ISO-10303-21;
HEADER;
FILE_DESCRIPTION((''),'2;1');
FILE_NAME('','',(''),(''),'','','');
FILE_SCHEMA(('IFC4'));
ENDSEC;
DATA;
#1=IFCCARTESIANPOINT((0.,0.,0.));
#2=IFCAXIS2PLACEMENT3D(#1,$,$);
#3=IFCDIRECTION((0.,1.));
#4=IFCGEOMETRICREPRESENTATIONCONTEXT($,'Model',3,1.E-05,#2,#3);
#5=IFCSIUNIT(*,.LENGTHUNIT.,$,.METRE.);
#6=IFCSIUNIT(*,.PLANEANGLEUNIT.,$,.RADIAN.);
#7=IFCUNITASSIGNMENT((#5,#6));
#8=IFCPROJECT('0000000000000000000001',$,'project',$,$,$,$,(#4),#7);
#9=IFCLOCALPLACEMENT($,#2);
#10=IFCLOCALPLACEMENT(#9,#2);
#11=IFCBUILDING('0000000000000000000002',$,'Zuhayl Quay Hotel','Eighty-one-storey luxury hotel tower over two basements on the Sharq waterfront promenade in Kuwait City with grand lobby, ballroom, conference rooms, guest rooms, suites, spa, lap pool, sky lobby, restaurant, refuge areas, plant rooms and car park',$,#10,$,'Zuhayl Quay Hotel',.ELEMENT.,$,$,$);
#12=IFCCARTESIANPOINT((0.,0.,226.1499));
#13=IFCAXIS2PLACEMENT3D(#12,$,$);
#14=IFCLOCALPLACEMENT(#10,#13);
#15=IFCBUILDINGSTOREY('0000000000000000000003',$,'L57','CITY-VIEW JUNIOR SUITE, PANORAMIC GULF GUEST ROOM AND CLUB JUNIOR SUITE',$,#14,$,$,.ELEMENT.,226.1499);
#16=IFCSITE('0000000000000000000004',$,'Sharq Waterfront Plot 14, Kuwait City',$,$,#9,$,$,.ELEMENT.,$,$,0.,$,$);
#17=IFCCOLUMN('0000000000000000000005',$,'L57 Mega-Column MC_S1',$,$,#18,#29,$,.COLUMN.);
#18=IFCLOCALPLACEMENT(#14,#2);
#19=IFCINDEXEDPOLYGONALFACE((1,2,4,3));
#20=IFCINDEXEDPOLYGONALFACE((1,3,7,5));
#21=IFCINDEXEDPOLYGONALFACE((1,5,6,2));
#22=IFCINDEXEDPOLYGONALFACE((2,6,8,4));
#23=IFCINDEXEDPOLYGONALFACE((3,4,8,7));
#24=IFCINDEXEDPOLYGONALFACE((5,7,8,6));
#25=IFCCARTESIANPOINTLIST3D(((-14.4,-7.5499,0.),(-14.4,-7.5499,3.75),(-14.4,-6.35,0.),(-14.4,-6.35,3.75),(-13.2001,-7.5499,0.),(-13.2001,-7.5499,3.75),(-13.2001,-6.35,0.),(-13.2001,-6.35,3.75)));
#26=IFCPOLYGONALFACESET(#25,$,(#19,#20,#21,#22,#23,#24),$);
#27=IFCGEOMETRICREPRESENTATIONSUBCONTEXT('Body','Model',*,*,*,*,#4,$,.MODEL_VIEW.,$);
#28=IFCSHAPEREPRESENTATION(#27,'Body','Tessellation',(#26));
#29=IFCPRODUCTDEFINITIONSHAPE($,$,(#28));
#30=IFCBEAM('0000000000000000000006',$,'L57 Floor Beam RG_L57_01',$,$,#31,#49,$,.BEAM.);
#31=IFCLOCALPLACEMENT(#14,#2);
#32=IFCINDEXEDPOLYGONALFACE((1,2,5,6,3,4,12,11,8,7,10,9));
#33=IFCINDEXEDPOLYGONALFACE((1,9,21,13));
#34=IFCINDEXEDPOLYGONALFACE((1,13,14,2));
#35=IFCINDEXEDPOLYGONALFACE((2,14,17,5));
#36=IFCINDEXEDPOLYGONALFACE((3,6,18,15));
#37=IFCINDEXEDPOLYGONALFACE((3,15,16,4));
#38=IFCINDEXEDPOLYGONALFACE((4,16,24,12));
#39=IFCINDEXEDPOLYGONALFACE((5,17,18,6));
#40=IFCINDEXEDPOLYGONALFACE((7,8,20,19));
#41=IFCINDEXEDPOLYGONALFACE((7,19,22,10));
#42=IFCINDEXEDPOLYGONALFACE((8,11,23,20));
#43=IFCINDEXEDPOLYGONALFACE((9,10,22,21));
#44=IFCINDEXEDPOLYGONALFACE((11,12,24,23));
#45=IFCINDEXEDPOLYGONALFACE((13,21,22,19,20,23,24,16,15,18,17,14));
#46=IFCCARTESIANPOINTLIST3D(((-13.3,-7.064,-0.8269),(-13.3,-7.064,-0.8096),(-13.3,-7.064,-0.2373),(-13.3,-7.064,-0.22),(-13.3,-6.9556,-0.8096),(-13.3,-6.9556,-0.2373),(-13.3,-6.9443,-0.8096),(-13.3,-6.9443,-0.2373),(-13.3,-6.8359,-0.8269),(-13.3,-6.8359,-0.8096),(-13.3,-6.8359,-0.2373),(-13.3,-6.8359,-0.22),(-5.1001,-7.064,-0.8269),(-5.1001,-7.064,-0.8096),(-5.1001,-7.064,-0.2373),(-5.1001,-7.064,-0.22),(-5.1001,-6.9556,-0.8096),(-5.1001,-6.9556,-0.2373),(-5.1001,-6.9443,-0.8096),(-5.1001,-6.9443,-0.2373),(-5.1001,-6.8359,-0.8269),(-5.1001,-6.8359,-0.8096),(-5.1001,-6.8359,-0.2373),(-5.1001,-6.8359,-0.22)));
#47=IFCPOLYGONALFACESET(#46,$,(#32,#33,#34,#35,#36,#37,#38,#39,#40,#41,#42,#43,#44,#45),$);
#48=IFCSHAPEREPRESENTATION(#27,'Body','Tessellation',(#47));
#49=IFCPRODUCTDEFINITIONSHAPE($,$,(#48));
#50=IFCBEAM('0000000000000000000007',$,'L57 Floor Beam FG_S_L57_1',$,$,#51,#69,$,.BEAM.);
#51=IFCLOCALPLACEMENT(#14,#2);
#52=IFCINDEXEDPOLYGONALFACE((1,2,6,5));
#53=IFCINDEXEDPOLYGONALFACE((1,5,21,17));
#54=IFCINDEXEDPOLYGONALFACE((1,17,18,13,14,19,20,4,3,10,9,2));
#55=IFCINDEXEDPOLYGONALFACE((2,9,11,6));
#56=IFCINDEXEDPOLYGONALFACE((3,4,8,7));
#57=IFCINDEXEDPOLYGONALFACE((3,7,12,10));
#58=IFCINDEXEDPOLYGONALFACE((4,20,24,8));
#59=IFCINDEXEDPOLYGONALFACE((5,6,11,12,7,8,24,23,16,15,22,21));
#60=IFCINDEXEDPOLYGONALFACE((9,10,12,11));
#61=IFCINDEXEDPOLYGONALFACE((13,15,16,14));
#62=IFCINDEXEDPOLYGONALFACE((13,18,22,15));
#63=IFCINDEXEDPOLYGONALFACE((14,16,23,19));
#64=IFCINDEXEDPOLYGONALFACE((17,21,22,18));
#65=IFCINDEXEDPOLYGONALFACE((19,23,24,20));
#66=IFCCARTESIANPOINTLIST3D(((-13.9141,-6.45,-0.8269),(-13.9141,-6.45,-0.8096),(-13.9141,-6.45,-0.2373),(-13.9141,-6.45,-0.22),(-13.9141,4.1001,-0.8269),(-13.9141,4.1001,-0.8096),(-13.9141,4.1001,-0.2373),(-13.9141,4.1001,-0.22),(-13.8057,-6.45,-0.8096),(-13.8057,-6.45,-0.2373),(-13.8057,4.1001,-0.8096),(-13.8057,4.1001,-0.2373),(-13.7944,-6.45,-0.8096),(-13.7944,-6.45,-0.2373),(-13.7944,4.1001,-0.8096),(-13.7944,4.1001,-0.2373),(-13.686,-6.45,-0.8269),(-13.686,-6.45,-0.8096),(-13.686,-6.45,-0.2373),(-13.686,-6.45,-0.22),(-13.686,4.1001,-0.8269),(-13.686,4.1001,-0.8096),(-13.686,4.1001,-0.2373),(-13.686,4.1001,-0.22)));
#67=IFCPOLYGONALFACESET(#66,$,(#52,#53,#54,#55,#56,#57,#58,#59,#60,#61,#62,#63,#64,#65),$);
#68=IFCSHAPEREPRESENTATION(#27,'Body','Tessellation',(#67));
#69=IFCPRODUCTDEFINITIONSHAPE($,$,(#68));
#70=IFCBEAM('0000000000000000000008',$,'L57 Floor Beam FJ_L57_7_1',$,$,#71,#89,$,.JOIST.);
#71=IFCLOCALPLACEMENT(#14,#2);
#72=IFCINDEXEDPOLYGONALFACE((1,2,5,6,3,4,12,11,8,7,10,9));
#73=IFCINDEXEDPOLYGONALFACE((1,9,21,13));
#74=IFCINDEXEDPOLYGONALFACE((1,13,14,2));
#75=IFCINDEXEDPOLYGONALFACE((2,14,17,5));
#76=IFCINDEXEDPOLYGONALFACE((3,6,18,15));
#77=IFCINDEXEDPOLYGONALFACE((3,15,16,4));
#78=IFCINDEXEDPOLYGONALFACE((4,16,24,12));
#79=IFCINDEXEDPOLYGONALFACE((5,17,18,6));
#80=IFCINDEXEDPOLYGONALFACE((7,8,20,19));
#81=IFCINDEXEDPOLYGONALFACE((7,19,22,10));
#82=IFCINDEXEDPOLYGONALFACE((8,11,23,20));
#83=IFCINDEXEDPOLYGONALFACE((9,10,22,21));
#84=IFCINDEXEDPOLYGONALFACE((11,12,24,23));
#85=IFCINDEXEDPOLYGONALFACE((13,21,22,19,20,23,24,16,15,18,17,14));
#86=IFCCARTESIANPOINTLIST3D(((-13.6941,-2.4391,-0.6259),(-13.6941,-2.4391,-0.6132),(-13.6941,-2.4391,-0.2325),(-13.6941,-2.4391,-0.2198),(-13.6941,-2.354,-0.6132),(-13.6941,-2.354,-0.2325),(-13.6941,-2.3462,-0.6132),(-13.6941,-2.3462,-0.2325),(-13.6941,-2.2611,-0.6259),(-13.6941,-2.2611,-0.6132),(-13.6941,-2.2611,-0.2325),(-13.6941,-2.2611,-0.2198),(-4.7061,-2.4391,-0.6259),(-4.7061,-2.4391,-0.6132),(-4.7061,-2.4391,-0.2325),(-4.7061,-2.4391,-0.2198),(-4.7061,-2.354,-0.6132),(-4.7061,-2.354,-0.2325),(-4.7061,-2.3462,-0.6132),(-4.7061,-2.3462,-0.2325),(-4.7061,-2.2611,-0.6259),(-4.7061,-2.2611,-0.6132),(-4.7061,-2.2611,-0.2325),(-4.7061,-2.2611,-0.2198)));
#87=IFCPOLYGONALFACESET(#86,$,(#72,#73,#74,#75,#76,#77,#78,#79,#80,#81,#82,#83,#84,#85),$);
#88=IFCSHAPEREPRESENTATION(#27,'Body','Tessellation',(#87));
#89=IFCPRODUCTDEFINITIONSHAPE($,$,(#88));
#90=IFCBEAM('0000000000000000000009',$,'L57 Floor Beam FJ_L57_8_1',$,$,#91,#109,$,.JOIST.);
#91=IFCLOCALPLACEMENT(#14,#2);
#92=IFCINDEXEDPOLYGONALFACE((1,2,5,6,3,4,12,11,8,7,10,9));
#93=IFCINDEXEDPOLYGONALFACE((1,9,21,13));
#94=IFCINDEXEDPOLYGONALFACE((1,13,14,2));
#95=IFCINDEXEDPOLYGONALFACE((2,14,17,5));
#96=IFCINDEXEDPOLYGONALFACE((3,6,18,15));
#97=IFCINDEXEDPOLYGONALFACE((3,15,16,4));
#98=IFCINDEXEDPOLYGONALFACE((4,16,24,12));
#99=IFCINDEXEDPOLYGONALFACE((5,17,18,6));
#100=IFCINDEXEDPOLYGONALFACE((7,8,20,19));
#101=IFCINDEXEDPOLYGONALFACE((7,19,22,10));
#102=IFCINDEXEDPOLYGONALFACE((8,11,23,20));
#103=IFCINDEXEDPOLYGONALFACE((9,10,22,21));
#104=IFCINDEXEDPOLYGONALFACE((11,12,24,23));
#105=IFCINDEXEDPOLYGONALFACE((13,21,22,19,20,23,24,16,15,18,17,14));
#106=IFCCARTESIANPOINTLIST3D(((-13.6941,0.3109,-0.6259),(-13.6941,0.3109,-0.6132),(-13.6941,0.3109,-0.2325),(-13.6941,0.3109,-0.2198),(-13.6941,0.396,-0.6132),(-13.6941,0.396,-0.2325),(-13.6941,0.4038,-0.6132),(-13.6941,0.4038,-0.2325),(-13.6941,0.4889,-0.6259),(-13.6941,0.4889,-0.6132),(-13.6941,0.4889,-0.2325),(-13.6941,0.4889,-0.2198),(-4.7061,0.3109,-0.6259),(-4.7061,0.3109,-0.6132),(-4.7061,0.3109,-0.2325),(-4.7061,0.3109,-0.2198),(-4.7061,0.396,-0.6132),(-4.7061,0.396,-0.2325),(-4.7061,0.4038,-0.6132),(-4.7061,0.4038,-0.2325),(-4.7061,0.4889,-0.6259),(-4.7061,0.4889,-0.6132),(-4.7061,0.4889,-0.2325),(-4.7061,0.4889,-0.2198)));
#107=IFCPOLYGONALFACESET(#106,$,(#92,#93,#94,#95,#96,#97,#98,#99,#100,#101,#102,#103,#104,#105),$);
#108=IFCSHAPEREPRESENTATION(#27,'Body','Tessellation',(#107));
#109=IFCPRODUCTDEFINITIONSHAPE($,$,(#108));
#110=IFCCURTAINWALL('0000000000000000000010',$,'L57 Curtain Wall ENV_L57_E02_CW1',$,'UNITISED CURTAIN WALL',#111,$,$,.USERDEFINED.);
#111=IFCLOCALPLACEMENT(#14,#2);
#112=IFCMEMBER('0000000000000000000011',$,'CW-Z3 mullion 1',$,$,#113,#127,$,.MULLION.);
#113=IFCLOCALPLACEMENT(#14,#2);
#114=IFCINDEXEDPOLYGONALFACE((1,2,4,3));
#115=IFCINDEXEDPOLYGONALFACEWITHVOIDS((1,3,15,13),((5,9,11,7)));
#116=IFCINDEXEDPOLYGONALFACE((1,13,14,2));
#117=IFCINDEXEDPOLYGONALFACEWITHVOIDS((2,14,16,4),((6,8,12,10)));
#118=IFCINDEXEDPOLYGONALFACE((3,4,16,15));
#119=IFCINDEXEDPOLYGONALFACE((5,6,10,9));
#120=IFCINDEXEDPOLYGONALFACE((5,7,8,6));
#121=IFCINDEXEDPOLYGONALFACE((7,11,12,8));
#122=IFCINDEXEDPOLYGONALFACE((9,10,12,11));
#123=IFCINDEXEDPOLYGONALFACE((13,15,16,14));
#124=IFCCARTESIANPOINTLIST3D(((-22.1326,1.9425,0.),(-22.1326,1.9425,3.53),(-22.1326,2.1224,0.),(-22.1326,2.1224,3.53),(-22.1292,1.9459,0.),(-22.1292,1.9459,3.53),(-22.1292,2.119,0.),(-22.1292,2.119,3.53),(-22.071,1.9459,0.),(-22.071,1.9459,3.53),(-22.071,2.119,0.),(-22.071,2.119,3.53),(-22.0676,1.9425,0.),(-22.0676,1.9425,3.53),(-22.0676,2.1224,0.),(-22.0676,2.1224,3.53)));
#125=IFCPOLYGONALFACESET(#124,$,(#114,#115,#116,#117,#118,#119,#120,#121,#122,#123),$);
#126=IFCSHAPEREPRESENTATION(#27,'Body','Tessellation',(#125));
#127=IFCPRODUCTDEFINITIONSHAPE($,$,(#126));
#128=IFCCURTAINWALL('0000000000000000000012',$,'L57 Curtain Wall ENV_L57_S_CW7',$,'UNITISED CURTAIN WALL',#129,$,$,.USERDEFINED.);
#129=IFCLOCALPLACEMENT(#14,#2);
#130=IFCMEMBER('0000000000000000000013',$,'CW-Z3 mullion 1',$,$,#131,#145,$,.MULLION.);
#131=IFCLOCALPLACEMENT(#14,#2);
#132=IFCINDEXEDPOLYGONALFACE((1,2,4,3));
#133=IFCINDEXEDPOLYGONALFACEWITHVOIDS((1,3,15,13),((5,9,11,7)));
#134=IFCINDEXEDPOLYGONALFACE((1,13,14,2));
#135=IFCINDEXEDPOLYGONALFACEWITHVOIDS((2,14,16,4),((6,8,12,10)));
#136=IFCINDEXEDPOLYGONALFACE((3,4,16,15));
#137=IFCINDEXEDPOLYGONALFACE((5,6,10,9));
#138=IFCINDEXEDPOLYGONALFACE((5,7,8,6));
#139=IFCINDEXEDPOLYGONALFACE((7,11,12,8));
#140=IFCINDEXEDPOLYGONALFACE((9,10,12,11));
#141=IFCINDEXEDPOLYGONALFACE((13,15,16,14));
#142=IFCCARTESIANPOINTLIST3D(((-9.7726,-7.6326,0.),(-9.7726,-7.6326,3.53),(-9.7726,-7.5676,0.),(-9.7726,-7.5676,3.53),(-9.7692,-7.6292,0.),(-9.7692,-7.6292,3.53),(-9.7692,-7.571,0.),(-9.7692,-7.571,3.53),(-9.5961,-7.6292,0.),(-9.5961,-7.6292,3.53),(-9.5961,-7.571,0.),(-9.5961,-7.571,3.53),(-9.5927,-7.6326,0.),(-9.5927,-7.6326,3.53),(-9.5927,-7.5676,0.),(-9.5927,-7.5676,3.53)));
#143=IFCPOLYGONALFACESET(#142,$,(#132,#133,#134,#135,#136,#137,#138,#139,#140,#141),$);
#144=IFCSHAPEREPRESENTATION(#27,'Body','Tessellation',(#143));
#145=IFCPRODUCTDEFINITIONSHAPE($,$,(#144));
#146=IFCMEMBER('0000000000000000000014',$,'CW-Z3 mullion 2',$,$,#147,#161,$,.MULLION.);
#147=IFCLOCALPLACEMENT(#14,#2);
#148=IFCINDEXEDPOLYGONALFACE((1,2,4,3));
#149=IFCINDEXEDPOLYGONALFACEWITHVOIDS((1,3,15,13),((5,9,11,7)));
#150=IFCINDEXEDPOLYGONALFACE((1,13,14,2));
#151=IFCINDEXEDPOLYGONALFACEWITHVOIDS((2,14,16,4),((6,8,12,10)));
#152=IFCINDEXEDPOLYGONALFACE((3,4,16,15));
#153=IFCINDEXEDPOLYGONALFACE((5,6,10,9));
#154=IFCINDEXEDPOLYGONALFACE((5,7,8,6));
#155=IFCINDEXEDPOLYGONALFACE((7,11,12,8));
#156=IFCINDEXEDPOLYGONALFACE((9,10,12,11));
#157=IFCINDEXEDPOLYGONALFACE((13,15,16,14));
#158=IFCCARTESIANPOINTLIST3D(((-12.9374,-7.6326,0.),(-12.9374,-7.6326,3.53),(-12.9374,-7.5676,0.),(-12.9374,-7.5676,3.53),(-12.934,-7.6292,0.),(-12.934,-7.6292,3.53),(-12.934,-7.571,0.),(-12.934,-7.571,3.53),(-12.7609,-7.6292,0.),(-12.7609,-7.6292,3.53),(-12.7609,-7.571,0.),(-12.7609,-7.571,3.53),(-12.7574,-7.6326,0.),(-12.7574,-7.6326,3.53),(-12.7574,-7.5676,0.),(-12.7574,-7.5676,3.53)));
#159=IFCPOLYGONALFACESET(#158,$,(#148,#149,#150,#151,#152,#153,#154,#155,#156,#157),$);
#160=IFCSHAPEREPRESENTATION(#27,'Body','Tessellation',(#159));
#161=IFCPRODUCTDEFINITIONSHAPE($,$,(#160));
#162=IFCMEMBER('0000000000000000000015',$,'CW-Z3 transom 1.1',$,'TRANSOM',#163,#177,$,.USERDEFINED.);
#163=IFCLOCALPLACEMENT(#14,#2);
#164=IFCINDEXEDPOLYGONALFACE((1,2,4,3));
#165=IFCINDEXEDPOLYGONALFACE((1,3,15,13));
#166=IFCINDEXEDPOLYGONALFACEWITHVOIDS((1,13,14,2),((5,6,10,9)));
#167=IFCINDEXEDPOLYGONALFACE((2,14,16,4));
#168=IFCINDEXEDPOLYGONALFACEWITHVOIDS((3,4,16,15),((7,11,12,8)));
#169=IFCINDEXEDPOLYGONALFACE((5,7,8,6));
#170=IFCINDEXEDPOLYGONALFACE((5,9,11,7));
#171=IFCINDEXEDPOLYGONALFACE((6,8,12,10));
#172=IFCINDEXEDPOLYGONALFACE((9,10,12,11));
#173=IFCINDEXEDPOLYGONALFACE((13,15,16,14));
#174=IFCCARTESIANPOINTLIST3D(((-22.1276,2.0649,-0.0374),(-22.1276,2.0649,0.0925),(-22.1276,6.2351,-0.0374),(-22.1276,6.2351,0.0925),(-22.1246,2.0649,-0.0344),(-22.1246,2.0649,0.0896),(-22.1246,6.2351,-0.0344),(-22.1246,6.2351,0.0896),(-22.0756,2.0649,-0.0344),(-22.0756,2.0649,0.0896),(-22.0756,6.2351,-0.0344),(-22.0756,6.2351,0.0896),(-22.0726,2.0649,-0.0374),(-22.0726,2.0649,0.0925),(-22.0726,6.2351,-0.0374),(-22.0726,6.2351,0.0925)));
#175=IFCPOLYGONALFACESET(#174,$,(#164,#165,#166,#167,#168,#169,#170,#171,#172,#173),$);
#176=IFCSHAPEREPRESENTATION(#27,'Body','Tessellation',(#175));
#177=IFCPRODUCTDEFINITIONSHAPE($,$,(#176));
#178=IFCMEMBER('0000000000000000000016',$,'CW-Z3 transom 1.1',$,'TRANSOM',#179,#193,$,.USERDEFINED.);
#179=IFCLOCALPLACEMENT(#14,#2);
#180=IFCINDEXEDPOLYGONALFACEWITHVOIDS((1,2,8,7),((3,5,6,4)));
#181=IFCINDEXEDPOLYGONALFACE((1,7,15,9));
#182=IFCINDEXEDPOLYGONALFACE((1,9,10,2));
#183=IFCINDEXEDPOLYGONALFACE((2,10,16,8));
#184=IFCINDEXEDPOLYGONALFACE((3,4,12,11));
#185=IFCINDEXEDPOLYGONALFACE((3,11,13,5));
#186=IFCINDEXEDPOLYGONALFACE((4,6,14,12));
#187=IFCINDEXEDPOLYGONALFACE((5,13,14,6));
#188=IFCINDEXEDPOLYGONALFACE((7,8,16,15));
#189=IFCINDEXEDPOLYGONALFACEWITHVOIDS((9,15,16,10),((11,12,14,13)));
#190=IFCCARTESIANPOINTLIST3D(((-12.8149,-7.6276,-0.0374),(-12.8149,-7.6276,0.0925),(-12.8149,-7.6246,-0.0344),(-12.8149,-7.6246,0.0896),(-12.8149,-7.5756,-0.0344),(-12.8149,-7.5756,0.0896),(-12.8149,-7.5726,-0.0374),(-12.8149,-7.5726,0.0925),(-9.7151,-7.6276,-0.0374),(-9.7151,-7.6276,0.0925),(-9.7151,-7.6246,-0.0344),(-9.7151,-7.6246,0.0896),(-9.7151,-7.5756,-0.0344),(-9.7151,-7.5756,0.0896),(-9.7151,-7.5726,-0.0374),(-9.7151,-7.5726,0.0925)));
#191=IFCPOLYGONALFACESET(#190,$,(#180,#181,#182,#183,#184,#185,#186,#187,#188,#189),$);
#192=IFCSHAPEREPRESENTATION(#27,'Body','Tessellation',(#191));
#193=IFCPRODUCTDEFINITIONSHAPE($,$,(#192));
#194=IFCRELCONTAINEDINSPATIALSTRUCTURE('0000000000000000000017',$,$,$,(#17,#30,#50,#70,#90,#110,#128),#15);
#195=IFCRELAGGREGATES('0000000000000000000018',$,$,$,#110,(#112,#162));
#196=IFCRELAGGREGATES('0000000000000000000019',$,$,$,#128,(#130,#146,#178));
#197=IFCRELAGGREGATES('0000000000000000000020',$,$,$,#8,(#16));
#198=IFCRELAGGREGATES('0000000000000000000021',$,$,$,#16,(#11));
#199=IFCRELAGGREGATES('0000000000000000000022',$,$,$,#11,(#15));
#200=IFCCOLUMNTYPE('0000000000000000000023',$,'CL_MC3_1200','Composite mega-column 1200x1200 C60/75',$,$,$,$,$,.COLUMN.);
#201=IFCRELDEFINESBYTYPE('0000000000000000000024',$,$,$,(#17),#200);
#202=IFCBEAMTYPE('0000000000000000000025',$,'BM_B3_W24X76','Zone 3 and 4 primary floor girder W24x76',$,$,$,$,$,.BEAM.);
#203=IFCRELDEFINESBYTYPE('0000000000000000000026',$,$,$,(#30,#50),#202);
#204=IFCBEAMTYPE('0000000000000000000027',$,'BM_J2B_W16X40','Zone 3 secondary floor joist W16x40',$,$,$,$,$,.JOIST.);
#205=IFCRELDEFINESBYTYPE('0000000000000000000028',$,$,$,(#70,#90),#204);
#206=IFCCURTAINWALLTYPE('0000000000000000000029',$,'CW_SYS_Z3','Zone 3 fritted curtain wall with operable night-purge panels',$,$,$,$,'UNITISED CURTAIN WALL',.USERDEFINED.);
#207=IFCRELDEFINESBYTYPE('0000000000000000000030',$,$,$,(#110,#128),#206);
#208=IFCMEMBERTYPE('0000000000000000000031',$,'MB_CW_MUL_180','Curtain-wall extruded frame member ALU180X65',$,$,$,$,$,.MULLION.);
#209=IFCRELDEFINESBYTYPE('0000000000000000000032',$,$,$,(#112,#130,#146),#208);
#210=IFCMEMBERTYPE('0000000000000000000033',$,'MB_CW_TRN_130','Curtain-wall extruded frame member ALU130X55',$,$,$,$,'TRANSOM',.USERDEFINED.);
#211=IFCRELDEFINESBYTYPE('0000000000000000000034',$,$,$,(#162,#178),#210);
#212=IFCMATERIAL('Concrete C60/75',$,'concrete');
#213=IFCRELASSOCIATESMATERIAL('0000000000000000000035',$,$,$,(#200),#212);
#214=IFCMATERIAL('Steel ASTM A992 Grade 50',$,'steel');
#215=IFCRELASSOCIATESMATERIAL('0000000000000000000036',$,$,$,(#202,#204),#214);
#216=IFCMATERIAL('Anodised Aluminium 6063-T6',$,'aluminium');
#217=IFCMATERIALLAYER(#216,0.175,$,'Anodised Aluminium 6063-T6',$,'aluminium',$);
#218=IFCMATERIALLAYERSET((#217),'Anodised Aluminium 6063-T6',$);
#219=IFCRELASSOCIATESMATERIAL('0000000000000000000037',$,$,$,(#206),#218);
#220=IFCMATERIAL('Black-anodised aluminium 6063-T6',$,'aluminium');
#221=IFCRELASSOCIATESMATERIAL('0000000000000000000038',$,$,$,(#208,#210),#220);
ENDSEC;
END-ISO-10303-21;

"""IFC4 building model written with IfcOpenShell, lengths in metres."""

from ifc_helpers import new_model, si_unit, direction, frame, origin, origin_2d, place, context, subcontext, project, spatial, rectangle, hollow_rectangle, i_section, extrude, material, layer, layer_set, material_profile, profile_set, type_object, element, aggregate, save


model = new_model("IFC4")

# Units and contexts
model_context = context("Model", 3, precision=1e-05, world=origin(), true_north=direction((0.0, 1.0)))
body_context = subcontext(model_context, "Body", "Model", "MODEL_VIEW")
ifc_project = project(units=[si_unit("LENGTHUNIT", "METRE"), si_unit("PLANEANGLEUNIT", "RADIAN")], contexts=[model_context])

# Site, building, storey
site_placement = place(None, origin())
site = spatial("IfcSite", under=ifc_project, at=site_placement, Name="Sharq Waterfront Plot 14, Kuwait City", CompositionType="ELEMENT", RefElevation=0.0)
building_placement = place(site_placement, origin())
building = spatial("IfcBuilding", under=site, at=building_placement, Name="Zuhayl Quay Hotel", Description="Eighty-one-storey luxury hotel tower over two basements on the Sharq waterfront promenade in Kuwait City with grand lobby, ballroom, conference rooms, guest rooms, suites, spa, lap pool, sky lobby, restaurant, refuge areas, plant rooms and car park", LongName="Zuhayl Quay Hotel", CompositionType="ELEMENT")
storey_placement = place(building_placement, frame((0.0, 0.0, 226.1499)))
storey = spatial("IfcBuildingStorey", under=building, at=storey_placement, Name="L57", Description="CITY-VIEW JUNIOR SUITE, PANORAMIC GULF GUEST ROOM AND CLUB JUNIOR SUITE", CompositionType="ELEMENT", Elevation=226.1499)

# Column
ifc_material_1 = material(Name="Concrete C60/75", Category="concrete")
ifc_material_profile_1 = material_profile(ifc_material_1, rectangle(XDim=1.2, YDim=1.2, at=origin_2d()), Name="RC1200X1200")
ifc_profile_set_1 = profile_set([ifc_material_profile_1], Name="Concrete C60/75")
column_type = type_object("IfcColumnType", Name="CL_MC3_1200", Description="Composite mega-column 1200x1200 C60/75", PredefinedType="COLUMN", material=ifc_profile_set_1)
column_placement = place(storey_placement, frame((-13.8, -6.95, 0.0), z_axis=(0.0, 0.0, 1.0), x_axis=(1.0, 0.0, 0.0)))
element("IfcColumn", 1, at=column_placement, inside=storey, type_object=column_type, Name="L57 Mega-Column MC_S1", PredefinedType="COLUMN", context=body_context, shape_type="SweptSolid", body=[
    extrude(rectangle(XDim=1.2, YDim=1.2, at=origin_2d()), origin(), (0.0, 0.0, 1.0), 3.75),
])

# Beams
ifc_material_2 = material(Name="Steel ASTM A992 Grade 50", Category="steel")
ifc_material_profile_2 = material_profile(ifc_material_2, i_section(OverallWidth=0.228, OverallDepth=0.6069, WebThickness=0.0112, FlangeThickness=0.0173, at=origin_2d()), Name="W24X76")
ifc_profile_set_2 = profile_set([ifc_material_profile_2], Name="Steel ASTM A992 Grade 50")
beam_type_1 = type_object("IfcBeamType", Name="BM_B3_W24X76", Description="Zone 3 and 4 primary floor girder W24x76", PredefinedType="BEAM", material=ifc_profile_set_2)
beam_1_placement = place(storey_placement, frame((-13.3, -6.95, -0.5234), z_axis=(1.0, 0.0, 0.0), x_axis=(0.0, 1.0, 0.0)))
element("IfcBeam", 2, at=beam_1_placement, inside=storey, type_object=beam_type_1, Name="L57 Floor Beam RG_L57_01", PredefinedType="BEAM", context=body_context, shape_type="SweptSolid", body=[
    extrude(i_section(OverallWidth=0.228, OverallDepth=0.6069, WebThickness=0.0112, FlangeThickness=0.0173, at=origin_2d()), origin(), (0.0, 0.0, 1.0), 8.2),
])
beam_2_placement = place(storey_placement, frame((-13.8, -6.45, -0.5234), z_axis=(0.0, 1.0, 0.0), x_axis=(-1.0, 0.0, 0.0)))
element("IfcBeam", 3, at=beam_2_placement, inside=storey, type_object=beam_type_1, Name="L57 Floor Beam FG_S_L57_1", PredefinedType="BEAM", context=body_context, shape_type="SweptSolid", body=[
    extrude(i_section(OverallWidth=0.228, OverallDepth=0.6069, WebThickness=0.0112, FlangeThickness=0.0173, at=origin_2d()), origin(), (0.0, 0.0, 1.0), 10.55),
])
ifc_material_profile_3 = material_profile(ifc_material_2, i_section(OverallWidth=0.178, OverallDepth=0.406, WebThickness=0.0078, FlangeThickness=0.0127, at=origin_2d()), Name="W16X40")
ifc_profile_set_3 = profile_set([ifc_material_profile_3], Name="Steel ASTM A992 Grade 50")
beam_type_2 = type_object("IfcBeamType", Name="BM_J2B_W16X40", Description="Zone 3 secondary floor joist W16x40", PredefinedType="JOIST", material=ifc_profile_set_3)
for number, where, z_axis, x_axis, name in (
    (4, (-13.6941, -2.3501, -0.4229), (1.0, 0.0, 0.0), (0.0, 1.0, 0.0), "L57 Floor Beam FJ_L57_7_1"),
    (5, (-13.6941, 0.3999, -0.4229), (1.0, 0.0, 0.0), (0.0, 1.0, 0.0), "L57 Floor Beam FJ_L57_8_1"),
):
    element("IfcBeam", number, at=place(storey_placement, frame(where, z_axis=z_axis, x_axis=x_axis)), inside=storey, type_object=beam_type_2, Name=name, PredefinedType="JOIST", context=body_context, shape_type="SweptSolid", body=[
        extrude(i_section(OverallWidth=0.178, OverallDepth=0.406, WebThickness=0.0078, FlangeThickness=0.0127, at=origin_2d()), origin(), (0.0, 0.0, 1.0), 8.988),
    ])

# Curtain wall, member
ifc_material_3 = material(Name="Anodised Aluminium 6063-T6", Category="aluminium")
ifc_layer_1 = layer(ifc_material_3, 0.175, Name="Anodised Aluminium 6063-T6", Category="aluminium")
ifc_layer_set_1 = layer_set([ifc_layer_1], Name="Anodised Aluminium 6063-T6")
curtain_wall_type = type_object("IfcCurtainWallType", Name="CW_SYS_Z3", Description="Zone 3 fritted curtain wall with operable night-purge panels", ElementType="UNITISED CURTAIN WALL", PredefinedType="USERDEFINED", material=ifc_layer_set_1)
curtain_wall_1_placement = place(storey_placement, origin())
curtain_wall_1 = element("IfcCurtainWall", 6, at=curtain_wall_1_placement, inside=storey, type_object=curtain_wall_type, Name="L57 Curtain Wall ENV_L57_E02_CW1", ObjectType="UNITISED CURTAIN WALL", PredefinedType="USERDEFINED")
ifc_material_4 = material(Name="Black-anodised aluminium 6063-T6", Category="aluminium")
ifc_material_profile_4 = material_profile(ifc_material_4, hollow_rectangle(XDim=0.0649, YDim=0.1799, WallThickness=0.0034, at=origin_2d()), Name="ALU180X65")
ifc_profile_set_4 = profile_set([ifc_material_profile_4], Name="Black-anodised aluminium 6063-T6")
member_type_1 = type_object("IfcMemberType", Name="MB_CW_MUL_180", Description="Curtain-wall extruded frame member ALU180X65", PredefinedType="MULLION", material=ifc_profile_set_4)
member_1_placement = place(storey_placement, frame((-22.1001, 2.0325, 0.0), z_axis=(0.0, 0.0, 1.0), x_axis=(-1.0, 0.0, 0.0)))
member_1 = element("IfcMember", 7, at=member_1_placement, type_object=member_type_1, Name="CW-Z3 mullion 1", PredefinedType="MULLION", context=body_context, shape_type="SweptSolid", body=[
    extrude(hollow_rectangle(XDim=0.0649, YDim=0.1799, WallThickness=0.0034, at=origin_2d()), origin(), (0.0, 0.0, 1.0), 3.53),
])

# Curtain wall, members
curtain_wall_2_placement = place(storey_placement, origin())
curtain_wall_2 = element("IfcCurtainWall", 8, at=curtain_wall_2_placement, inside=storey, type_object=curtain_wall_type, Name="L57 Curtain Wall ENV_L57_S_CW7", ObjectType="UNITISED CURTAIN WALL", PredefinedType="USERDEFINED")
member_2_placement = place(storey_placement, frame((-9.6826, -7.6001, 0.0), z_axis=(0.0, 0.0, 1.0), x_axis=(0.0, -1.0, 0.0)))
member_2 = element("IfcMember", 9, at=member_2_placement, type_object=member_type_1, Name="CW-Z3 mullion 1", PredefinedType="MULLION", context=body_context, shape_type="SweptSolid", body=[
    extrude(hollow_rectangle(XDim=0.0649, YDim=0.1799, WallThickness=0.0034, at=origin_2d()), origin(), (0.0, 0.0, 1.0), 3.53),
])
member_3_placement = place(storey_placement, frame((-12.8474, -7.6001, 0.0), z_axis=(0.0, 0.0, 1.0), x_axis=(0.0, -1.0, 0.0)))
member_3 = element("IfcMember", 10, at=member_3_placement, type_object=member_type_1, Name="CW-Z3 mullion 2", PredefinedType="MULLION", context=body_context, shape_type="SweptSolid", body=[
    extrude(hollow_rectangle(XDim=0.0649, YDim=0.1799, WallThickness=0.0034, at=origin_2d()), origin(), (0.0, 0.0, 1.0), 3.53),
])

# Members
ifc_material_profile_5 = material_profile(ifc_material_4, hollow_rectangle(XDim=0.0549, YDim=0.1299, WallThickness=0.0029, at=origin_2d()), Name="ALU130X55")
ifc_profile_set_5 = profile_set([ifc_material_profile_5], Name="Black-anodised aluminium 6063-T6")
member_type_2 = type_object("IfcMemberType", Name="MB_CW_TRN_130", Description="Curtain-wall extruded frame member ALU130X55", ElementType="TRANSOM", PredefinedType="USERDEFINED", material=ifc_profile_set_5)
member_4_placement = place(storey_placement, frame((-22.1001, 2.0649, 0.0276), z_axis=(0.0, 1.0, 0.0), x_axis=(-1.0, 0.0, 0.0)))
member_4 = element("IfcMember", 11, at=member_4_placement, type_object=member_type_2, Name="CW-Z3 transom 1.1", ObjectType="TRANSOM", PredefinedType="USERDEFINED", context=body_context, shape_type="SweptSolid", body=[
    extrude(hollow_rectangle(XDim=0.0549, YDim=0.1299, WallThickness=0.0029, at=origin_2d()), origin(), (0.0, 0.0, 1.0), 4.1702),
])
aggregate(curtain_wall_1, [member_1, member_4])
member_5_placement = place(storey_placement, frame((-9.7151, -7.6001, 0.0276), z_axis=(-1.0, 0.0, 0.0), x_axis=(0.0, -1.0, 0.0)))
member_5 = element("IfcMember", 12, at=member_5_placement, type_object=member_type_2, Name="CW-Z3 transom 1.1", ObjectType="TRANSOM", PredefinedType="USERDEFINED", context=body_context, shape_type="SweptSolid", body=[
    extrude(hollow_rectangle(XDim=0.0549, YDim=0.1299, WallThickness=0.0029, at=origin_2d()), origin(), (0.0, 0.0, 1.0), 3.0999),
])

aggregate(curtain_wall_2, [member_2, member_3, member_5])

save(model, "model.ifc")
